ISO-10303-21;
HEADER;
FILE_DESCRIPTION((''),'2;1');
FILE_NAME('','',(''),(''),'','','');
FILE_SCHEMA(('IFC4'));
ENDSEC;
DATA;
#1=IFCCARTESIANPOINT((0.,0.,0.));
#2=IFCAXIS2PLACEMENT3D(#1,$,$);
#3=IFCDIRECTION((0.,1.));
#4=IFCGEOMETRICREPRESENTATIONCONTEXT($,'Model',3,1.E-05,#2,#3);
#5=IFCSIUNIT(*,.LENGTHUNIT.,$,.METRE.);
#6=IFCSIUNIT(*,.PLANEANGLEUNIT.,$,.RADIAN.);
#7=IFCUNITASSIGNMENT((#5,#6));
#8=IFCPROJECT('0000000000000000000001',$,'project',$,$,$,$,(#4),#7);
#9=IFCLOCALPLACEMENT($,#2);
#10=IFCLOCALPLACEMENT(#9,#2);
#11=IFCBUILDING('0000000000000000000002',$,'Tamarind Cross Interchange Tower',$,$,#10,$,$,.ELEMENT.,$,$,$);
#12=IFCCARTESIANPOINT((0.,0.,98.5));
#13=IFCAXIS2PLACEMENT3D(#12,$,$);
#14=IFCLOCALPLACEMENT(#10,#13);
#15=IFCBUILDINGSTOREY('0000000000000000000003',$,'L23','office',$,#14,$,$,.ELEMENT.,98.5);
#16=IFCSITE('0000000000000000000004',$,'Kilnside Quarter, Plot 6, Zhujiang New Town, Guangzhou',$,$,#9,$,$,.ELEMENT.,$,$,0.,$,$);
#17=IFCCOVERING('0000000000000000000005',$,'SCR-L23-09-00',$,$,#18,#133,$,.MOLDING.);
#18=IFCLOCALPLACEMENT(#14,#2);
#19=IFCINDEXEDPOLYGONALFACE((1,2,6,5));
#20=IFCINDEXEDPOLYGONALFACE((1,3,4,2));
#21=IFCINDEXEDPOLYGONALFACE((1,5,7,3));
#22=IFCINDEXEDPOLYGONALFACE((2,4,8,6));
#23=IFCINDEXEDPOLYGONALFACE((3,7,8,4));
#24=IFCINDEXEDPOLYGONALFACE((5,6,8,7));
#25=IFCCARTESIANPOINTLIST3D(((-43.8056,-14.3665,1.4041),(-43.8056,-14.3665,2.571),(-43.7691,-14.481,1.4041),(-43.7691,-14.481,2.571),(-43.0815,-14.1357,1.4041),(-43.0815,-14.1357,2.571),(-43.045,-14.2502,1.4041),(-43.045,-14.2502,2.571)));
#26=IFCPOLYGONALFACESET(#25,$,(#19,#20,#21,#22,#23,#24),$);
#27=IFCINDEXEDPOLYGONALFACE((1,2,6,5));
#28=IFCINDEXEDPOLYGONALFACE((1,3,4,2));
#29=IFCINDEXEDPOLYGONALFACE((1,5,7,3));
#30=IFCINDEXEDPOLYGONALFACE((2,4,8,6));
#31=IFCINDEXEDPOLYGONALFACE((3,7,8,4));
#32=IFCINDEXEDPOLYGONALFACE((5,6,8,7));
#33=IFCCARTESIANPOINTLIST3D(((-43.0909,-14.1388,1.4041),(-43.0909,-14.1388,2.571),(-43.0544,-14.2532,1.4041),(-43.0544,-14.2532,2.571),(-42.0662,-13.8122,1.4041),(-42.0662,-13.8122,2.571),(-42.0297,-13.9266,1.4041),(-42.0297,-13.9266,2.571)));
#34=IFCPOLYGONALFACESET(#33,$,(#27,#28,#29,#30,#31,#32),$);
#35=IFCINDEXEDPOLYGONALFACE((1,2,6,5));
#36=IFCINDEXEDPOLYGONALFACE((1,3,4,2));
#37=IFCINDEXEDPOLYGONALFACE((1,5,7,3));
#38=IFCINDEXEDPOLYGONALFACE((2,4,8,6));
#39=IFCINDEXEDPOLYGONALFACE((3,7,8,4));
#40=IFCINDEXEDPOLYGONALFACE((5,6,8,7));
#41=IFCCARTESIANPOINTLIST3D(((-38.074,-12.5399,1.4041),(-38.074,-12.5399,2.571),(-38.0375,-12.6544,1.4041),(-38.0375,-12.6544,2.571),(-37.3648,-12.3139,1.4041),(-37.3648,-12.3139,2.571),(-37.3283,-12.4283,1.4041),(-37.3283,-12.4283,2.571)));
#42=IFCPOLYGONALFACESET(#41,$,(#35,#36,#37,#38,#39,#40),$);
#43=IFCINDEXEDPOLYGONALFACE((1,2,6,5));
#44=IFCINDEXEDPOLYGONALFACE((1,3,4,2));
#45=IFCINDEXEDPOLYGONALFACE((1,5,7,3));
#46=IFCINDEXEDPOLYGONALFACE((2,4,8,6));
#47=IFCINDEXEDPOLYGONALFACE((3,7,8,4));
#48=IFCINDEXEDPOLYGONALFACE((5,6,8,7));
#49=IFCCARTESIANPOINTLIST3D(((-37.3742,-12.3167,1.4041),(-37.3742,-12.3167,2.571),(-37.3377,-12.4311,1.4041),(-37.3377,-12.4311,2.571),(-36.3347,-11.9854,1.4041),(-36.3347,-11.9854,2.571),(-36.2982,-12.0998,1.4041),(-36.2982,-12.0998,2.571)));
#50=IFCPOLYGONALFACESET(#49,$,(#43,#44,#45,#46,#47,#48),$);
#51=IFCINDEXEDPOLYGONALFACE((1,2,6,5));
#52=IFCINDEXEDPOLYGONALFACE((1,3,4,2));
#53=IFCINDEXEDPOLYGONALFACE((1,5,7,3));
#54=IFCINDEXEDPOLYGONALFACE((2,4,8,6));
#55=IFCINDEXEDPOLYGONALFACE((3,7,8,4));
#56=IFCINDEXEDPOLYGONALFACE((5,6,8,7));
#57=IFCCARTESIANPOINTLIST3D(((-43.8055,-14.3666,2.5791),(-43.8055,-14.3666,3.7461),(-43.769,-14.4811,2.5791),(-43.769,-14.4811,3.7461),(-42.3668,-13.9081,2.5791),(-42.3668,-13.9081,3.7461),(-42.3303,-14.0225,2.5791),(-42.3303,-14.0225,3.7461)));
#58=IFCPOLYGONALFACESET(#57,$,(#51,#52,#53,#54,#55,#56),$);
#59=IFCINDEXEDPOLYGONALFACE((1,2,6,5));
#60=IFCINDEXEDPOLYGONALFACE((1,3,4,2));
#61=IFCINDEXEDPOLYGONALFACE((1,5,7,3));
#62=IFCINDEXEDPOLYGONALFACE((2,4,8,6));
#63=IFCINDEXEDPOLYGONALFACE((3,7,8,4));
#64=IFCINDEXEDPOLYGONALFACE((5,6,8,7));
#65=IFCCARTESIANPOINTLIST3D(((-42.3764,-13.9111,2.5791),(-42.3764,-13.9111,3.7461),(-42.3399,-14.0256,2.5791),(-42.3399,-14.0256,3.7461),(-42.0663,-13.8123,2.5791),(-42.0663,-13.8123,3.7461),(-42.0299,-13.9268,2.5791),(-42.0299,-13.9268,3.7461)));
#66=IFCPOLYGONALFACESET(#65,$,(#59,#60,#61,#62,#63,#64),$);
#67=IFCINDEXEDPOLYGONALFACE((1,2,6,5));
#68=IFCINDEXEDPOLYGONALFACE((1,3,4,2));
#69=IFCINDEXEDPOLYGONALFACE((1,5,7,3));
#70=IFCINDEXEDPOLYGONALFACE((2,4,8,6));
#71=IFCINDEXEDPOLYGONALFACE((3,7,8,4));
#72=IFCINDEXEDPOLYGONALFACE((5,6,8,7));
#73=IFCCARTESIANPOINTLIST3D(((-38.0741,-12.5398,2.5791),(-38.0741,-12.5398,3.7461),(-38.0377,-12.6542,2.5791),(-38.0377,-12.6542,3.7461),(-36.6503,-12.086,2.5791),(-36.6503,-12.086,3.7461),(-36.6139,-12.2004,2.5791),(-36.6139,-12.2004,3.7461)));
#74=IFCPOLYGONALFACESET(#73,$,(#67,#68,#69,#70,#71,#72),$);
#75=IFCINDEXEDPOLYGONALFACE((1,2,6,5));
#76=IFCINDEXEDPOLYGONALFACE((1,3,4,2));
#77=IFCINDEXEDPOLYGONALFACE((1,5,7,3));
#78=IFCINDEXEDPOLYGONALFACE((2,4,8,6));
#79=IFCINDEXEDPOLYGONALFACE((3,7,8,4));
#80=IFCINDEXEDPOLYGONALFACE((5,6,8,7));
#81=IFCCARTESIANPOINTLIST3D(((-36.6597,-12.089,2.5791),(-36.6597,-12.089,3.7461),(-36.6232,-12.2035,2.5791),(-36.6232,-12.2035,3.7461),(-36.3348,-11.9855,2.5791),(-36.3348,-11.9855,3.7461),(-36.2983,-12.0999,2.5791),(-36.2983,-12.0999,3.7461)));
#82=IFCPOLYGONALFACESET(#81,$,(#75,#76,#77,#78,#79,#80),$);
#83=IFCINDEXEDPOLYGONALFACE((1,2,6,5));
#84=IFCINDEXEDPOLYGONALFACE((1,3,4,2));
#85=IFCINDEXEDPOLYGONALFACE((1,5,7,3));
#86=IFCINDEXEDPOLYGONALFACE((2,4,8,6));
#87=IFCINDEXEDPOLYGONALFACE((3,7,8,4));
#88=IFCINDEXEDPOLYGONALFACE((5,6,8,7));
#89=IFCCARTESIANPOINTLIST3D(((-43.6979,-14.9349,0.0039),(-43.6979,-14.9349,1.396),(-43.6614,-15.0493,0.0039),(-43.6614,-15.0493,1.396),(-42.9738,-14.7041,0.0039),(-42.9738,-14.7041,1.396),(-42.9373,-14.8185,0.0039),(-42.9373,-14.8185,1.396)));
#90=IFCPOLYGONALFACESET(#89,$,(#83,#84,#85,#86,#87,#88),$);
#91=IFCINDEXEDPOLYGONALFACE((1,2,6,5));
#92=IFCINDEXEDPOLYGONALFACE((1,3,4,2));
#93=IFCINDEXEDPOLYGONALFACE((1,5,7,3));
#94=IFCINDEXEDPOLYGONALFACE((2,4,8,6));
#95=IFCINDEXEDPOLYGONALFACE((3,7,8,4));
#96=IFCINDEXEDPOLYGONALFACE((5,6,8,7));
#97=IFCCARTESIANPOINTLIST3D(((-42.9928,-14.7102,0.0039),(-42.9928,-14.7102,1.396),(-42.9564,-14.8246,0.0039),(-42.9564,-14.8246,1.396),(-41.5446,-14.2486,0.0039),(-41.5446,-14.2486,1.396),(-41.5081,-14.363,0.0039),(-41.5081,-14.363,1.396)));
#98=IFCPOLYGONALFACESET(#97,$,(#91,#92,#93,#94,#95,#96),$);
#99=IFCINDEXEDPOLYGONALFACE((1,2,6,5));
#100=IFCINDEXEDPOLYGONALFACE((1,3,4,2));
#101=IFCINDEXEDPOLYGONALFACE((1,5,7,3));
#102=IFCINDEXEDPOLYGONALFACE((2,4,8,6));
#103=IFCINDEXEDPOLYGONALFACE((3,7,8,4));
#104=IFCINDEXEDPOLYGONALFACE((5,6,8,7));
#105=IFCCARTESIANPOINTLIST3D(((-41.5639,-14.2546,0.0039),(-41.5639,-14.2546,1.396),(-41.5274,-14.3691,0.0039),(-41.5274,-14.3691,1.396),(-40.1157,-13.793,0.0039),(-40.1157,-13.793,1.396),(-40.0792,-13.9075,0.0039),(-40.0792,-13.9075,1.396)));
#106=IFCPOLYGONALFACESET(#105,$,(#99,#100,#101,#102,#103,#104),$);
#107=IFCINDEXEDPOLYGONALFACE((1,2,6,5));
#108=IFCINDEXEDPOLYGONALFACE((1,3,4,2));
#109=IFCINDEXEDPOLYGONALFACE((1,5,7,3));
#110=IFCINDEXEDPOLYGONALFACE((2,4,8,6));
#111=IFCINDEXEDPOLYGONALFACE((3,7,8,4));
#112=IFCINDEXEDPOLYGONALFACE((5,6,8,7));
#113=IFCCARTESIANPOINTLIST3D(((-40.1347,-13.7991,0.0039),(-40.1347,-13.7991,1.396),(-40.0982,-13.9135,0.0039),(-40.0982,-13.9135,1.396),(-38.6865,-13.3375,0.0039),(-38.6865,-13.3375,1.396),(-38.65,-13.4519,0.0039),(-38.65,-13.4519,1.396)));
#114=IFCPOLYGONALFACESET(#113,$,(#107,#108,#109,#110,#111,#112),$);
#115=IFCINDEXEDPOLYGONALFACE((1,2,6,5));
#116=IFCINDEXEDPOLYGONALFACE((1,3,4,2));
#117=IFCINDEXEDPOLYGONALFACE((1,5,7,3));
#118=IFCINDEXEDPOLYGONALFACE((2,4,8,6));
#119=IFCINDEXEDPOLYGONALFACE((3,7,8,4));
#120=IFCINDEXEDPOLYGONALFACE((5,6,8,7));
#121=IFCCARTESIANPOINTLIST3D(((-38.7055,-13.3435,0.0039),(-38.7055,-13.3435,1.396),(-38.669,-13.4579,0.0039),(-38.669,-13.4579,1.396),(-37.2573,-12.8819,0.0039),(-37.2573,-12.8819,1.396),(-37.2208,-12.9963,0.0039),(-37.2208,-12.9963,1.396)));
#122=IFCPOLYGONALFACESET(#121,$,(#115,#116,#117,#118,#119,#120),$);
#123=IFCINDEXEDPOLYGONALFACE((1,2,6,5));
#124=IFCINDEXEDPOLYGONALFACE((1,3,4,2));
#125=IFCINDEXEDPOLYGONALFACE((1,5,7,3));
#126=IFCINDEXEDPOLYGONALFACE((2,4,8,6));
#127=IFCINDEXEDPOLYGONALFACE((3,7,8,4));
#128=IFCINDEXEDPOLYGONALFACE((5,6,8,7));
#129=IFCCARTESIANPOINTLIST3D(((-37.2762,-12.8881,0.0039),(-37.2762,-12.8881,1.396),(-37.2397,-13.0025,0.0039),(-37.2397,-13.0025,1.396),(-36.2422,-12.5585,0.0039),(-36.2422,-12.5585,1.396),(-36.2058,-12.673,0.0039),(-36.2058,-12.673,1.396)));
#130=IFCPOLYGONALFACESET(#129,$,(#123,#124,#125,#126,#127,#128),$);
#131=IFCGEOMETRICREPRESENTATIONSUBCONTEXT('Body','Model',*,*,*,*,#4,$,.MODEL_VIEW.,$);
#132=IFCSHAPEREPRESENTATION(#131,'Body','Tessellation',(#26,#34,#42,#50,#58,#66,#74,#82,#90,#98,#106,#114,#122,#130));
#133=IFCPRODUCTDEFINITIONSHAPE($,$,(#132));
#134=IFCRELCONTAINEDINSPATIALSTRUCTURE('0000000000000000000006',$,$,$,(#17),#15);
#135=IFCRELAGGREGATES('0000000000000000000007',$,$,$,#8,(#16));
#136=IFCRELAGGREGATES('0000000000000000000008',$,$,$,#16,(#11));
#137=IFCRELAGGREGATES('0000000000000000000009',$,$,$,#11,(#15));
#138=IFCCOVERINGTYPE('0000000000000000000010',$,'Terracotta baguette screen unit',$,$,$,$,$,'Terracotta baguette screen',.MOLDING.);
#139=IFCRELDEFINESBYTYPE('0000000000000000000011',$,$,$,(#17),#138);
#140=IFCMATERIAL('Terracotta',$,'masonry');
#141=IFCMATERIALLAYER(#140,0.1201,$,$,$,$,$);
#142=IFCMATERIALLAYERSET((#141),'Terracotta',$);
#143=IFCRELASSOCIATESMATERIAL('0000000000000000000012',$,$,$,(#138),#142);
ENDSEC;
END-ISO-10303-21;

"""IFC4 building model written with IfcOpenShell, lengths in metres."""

from ifc_helpers import new_model, si_unit, direction, frame, origin, origin_2d, place, context, subcontext, project, spatial, rectangle, extrude, material, layer, layer_set, type_object, element, save


model = new_model("IFC4")

# Units and contexts
model_context = context("Model", 3, precision=1e-05, world=origin(), true_north=direction((0.0, 1.0)))
body_context = subcontext(model_context, "Body", "Model", "MODEL_VIEW")
ifc_project = project(units=[si_unit("LENGTHUNIT", "METRE"), si_unit("PLANEANGLEUNIT", "RADIAN")], contexts=[model_context])

# Site, building, storey
site_placement = place(None, origin())
site = spatial("IfcSite", under=ifc_project, at=site_placement, Name="Kilnside Quarter, Plot 6, Zhujiang New Town, Guangzhou", CompositionType="ELEMENT", RefElevation=0.0)
building_placement = place(site_placement, origin())
building = spatial("IfcBuilding", under=site, at=building_placement, Name="Tamarind Cross Interchange Tower", CompositionType="ELEMENT")
storey_placement = place(building_placement, frame((0.0, 0.0, 98.5)))
storey = spatial("IfcBuildingStorey", under=building, at=storey_placement, Name="L23", Description="office", CompositionType="ELEMENT", Elevation=98.5)

# Covering
ifc_material_1 = material(Name="Terracotta", Category="masonry")
ifc_layer_1 = layer(ifc_material_1, 0.1201)
ifc_layer_set_1 = layer_set([ifc_layer_1], Name="Terracotta")
covering_type = type_object("IfcCoveringType", Name="Terracotta baguette screen unit", ElementType="Terracotta baguette screen", PredefinedType="MOLDING", material=ifc_layer_set_1)
covering_1_placement = place(storey_placement, origin())
element("IfcCovering", 1, at=covering_1_placement, inside=storey, type_object=covering_type, Name="SCR-L23-09-00", PredefinedType="MOLDING", context=body_context, shape_type="SweptSolid", body=[
    extrude(rectangle(XDim=0.76, YDim=0.1201, at=origin_2d()), frame((-43.4253, -14.3083, 1.4041), z_axis=(0.0, 0.0, 1.0), x_axis=(0.952773, 0.303683, 0.0)), (0.0, 0.0, 1.0), 1.167),
    extrude(rectangle(XDim=1.0754, YDim=0.1201, at=origin_2d()), frame((-42.5603, -14.0327, 1.4041), z_axis=(0.0, 0.0, 1.0), x_axis=(0.952773, 0.303683, 0.0)), (0.0, 0.0, 1.0), 1.167),
    extrude(rectangle(XDim=0.7444, YDim=0.1201, at=origin_2d()), frame((-37.7012, -12.4841, 1.4041), z_axis=(0.0, 0.0, 1.0), x_axis=(0.952773, 0.303683, 0.0)), (0.0, 0.0, 1.0), 1.167),
    extrude(rectangle(XDim=1.0911, YDim=0.1201, at=origin_2d()), frame((-36.8362, -12.2083, 1.4041), z_axis=(0.0, 0.0, 1.0), x_axis=(0.952773, 0.303683, 0.0)), (0.0, 0.0, 1.0), 1.167),
    extrude(rectangle(XDim=1.51, YDim=0.1201, at=origin_2d()), frame((-43.0679, -14.1946, 2.5791), z_axis=(0.0, 0.0, 1.0), x_axis=(0.952773, 0.303683, 0.0)), (0.0, 0.0, 1.0), 1.167),
    extrude(rectangle(XDim=0.3254, YDim=0.1201, at=origin_2d()), frame((-42.2031, -13.9189, 2.5791), z_axis=(0.0, 0.0, 1.0), x_axis=(0.952773, 0.303683, 0.0)), (0.0, 0.0, 1.0), 1.167),
    extrude(rectangle(XDim=1.4944, YDim=0.1201, at=origin_2d()), frame((-37.344, -12.3701, 2.5791), z_axis=(0.0, 0.0, 1.0), x_axis=(0.952773, 0.303683, 0.0)), (0.0, 0.0, 1.0), 1.167),
    extrude(rectangle(XDim=0.3411, YDim=0.1201, at=origin_2d()), frame((-36.479, -12.0945, 2.5791), z_axis=(0.0, 0.0, 1.0), x_axis=(0.952773, 0.303683, 0.0)), (0.0, 0.0, 1.0), 1.167),
    extrude(rectangle(XDim=0.76, YDim=0.1201, at=origin_2d()), frame((-43.3176, -14.8767, 0.0039), z_axis=(0.0, 0.0, 1.0), x_axis=(0.952773, 0.303683, 0.0)), (0.0, 0.0, 1.0), 1.3921),
    extrude(rectangle(XDim=1.52, YDim=0.1201, at=origin_2d()), frame((-42.2505, -14.5366, 0.0039), z_axis=(0.0, 0.0, 1.0), x_axis=(0.952773, 0.303683, 0.0)), (0.0, 0.0, 1.0), 1.3921),
    extrude(rectangle(XDim=1.52, YDim=0.1201, at=origin_2d()), frame((-40.8215, -14.0811, 0.0039), z_axis=(0.0, 0.0, 1.0), x_axis=(0.952773, 0.303683, 0.0)), (0.0, 0.0, 1.0), 1.3921),
    extrude(rectangle(XDim=1.52, YDim=0.1201, at=origin_2d()), frame((-39.3923, -13.6255, 0.0039), z_axis=(0.0, 0.0, 1.0), x_axis=(0.952773, 0.303683, 0.0)), (0.0, 0.0, 1.0), 1.3921),
    extrude(rectangle(XDim=1.52, YDim=0.1201, at=origin_2d()), frame((-37.9631, -13.1699, 0.0039), z_axis=(0.0, 0.0, 1.0), x_axis=(0.952773, 0.303683, 0.0)), (0.0, 0.0, 1.0), 1.3921),
    extrude(rectangle(XDim=1.0852, YDim=0.1201, at=origin_2d()), frame((-36.741, -12.7805, 0.0039), z_axis=(0.0, 0.0, 1.0), x_axis=(0.952773, 0.303683, 0.0)), (0.0, 0.0, 1.0), 1.3921),
])

save(model, "model.ifc")
